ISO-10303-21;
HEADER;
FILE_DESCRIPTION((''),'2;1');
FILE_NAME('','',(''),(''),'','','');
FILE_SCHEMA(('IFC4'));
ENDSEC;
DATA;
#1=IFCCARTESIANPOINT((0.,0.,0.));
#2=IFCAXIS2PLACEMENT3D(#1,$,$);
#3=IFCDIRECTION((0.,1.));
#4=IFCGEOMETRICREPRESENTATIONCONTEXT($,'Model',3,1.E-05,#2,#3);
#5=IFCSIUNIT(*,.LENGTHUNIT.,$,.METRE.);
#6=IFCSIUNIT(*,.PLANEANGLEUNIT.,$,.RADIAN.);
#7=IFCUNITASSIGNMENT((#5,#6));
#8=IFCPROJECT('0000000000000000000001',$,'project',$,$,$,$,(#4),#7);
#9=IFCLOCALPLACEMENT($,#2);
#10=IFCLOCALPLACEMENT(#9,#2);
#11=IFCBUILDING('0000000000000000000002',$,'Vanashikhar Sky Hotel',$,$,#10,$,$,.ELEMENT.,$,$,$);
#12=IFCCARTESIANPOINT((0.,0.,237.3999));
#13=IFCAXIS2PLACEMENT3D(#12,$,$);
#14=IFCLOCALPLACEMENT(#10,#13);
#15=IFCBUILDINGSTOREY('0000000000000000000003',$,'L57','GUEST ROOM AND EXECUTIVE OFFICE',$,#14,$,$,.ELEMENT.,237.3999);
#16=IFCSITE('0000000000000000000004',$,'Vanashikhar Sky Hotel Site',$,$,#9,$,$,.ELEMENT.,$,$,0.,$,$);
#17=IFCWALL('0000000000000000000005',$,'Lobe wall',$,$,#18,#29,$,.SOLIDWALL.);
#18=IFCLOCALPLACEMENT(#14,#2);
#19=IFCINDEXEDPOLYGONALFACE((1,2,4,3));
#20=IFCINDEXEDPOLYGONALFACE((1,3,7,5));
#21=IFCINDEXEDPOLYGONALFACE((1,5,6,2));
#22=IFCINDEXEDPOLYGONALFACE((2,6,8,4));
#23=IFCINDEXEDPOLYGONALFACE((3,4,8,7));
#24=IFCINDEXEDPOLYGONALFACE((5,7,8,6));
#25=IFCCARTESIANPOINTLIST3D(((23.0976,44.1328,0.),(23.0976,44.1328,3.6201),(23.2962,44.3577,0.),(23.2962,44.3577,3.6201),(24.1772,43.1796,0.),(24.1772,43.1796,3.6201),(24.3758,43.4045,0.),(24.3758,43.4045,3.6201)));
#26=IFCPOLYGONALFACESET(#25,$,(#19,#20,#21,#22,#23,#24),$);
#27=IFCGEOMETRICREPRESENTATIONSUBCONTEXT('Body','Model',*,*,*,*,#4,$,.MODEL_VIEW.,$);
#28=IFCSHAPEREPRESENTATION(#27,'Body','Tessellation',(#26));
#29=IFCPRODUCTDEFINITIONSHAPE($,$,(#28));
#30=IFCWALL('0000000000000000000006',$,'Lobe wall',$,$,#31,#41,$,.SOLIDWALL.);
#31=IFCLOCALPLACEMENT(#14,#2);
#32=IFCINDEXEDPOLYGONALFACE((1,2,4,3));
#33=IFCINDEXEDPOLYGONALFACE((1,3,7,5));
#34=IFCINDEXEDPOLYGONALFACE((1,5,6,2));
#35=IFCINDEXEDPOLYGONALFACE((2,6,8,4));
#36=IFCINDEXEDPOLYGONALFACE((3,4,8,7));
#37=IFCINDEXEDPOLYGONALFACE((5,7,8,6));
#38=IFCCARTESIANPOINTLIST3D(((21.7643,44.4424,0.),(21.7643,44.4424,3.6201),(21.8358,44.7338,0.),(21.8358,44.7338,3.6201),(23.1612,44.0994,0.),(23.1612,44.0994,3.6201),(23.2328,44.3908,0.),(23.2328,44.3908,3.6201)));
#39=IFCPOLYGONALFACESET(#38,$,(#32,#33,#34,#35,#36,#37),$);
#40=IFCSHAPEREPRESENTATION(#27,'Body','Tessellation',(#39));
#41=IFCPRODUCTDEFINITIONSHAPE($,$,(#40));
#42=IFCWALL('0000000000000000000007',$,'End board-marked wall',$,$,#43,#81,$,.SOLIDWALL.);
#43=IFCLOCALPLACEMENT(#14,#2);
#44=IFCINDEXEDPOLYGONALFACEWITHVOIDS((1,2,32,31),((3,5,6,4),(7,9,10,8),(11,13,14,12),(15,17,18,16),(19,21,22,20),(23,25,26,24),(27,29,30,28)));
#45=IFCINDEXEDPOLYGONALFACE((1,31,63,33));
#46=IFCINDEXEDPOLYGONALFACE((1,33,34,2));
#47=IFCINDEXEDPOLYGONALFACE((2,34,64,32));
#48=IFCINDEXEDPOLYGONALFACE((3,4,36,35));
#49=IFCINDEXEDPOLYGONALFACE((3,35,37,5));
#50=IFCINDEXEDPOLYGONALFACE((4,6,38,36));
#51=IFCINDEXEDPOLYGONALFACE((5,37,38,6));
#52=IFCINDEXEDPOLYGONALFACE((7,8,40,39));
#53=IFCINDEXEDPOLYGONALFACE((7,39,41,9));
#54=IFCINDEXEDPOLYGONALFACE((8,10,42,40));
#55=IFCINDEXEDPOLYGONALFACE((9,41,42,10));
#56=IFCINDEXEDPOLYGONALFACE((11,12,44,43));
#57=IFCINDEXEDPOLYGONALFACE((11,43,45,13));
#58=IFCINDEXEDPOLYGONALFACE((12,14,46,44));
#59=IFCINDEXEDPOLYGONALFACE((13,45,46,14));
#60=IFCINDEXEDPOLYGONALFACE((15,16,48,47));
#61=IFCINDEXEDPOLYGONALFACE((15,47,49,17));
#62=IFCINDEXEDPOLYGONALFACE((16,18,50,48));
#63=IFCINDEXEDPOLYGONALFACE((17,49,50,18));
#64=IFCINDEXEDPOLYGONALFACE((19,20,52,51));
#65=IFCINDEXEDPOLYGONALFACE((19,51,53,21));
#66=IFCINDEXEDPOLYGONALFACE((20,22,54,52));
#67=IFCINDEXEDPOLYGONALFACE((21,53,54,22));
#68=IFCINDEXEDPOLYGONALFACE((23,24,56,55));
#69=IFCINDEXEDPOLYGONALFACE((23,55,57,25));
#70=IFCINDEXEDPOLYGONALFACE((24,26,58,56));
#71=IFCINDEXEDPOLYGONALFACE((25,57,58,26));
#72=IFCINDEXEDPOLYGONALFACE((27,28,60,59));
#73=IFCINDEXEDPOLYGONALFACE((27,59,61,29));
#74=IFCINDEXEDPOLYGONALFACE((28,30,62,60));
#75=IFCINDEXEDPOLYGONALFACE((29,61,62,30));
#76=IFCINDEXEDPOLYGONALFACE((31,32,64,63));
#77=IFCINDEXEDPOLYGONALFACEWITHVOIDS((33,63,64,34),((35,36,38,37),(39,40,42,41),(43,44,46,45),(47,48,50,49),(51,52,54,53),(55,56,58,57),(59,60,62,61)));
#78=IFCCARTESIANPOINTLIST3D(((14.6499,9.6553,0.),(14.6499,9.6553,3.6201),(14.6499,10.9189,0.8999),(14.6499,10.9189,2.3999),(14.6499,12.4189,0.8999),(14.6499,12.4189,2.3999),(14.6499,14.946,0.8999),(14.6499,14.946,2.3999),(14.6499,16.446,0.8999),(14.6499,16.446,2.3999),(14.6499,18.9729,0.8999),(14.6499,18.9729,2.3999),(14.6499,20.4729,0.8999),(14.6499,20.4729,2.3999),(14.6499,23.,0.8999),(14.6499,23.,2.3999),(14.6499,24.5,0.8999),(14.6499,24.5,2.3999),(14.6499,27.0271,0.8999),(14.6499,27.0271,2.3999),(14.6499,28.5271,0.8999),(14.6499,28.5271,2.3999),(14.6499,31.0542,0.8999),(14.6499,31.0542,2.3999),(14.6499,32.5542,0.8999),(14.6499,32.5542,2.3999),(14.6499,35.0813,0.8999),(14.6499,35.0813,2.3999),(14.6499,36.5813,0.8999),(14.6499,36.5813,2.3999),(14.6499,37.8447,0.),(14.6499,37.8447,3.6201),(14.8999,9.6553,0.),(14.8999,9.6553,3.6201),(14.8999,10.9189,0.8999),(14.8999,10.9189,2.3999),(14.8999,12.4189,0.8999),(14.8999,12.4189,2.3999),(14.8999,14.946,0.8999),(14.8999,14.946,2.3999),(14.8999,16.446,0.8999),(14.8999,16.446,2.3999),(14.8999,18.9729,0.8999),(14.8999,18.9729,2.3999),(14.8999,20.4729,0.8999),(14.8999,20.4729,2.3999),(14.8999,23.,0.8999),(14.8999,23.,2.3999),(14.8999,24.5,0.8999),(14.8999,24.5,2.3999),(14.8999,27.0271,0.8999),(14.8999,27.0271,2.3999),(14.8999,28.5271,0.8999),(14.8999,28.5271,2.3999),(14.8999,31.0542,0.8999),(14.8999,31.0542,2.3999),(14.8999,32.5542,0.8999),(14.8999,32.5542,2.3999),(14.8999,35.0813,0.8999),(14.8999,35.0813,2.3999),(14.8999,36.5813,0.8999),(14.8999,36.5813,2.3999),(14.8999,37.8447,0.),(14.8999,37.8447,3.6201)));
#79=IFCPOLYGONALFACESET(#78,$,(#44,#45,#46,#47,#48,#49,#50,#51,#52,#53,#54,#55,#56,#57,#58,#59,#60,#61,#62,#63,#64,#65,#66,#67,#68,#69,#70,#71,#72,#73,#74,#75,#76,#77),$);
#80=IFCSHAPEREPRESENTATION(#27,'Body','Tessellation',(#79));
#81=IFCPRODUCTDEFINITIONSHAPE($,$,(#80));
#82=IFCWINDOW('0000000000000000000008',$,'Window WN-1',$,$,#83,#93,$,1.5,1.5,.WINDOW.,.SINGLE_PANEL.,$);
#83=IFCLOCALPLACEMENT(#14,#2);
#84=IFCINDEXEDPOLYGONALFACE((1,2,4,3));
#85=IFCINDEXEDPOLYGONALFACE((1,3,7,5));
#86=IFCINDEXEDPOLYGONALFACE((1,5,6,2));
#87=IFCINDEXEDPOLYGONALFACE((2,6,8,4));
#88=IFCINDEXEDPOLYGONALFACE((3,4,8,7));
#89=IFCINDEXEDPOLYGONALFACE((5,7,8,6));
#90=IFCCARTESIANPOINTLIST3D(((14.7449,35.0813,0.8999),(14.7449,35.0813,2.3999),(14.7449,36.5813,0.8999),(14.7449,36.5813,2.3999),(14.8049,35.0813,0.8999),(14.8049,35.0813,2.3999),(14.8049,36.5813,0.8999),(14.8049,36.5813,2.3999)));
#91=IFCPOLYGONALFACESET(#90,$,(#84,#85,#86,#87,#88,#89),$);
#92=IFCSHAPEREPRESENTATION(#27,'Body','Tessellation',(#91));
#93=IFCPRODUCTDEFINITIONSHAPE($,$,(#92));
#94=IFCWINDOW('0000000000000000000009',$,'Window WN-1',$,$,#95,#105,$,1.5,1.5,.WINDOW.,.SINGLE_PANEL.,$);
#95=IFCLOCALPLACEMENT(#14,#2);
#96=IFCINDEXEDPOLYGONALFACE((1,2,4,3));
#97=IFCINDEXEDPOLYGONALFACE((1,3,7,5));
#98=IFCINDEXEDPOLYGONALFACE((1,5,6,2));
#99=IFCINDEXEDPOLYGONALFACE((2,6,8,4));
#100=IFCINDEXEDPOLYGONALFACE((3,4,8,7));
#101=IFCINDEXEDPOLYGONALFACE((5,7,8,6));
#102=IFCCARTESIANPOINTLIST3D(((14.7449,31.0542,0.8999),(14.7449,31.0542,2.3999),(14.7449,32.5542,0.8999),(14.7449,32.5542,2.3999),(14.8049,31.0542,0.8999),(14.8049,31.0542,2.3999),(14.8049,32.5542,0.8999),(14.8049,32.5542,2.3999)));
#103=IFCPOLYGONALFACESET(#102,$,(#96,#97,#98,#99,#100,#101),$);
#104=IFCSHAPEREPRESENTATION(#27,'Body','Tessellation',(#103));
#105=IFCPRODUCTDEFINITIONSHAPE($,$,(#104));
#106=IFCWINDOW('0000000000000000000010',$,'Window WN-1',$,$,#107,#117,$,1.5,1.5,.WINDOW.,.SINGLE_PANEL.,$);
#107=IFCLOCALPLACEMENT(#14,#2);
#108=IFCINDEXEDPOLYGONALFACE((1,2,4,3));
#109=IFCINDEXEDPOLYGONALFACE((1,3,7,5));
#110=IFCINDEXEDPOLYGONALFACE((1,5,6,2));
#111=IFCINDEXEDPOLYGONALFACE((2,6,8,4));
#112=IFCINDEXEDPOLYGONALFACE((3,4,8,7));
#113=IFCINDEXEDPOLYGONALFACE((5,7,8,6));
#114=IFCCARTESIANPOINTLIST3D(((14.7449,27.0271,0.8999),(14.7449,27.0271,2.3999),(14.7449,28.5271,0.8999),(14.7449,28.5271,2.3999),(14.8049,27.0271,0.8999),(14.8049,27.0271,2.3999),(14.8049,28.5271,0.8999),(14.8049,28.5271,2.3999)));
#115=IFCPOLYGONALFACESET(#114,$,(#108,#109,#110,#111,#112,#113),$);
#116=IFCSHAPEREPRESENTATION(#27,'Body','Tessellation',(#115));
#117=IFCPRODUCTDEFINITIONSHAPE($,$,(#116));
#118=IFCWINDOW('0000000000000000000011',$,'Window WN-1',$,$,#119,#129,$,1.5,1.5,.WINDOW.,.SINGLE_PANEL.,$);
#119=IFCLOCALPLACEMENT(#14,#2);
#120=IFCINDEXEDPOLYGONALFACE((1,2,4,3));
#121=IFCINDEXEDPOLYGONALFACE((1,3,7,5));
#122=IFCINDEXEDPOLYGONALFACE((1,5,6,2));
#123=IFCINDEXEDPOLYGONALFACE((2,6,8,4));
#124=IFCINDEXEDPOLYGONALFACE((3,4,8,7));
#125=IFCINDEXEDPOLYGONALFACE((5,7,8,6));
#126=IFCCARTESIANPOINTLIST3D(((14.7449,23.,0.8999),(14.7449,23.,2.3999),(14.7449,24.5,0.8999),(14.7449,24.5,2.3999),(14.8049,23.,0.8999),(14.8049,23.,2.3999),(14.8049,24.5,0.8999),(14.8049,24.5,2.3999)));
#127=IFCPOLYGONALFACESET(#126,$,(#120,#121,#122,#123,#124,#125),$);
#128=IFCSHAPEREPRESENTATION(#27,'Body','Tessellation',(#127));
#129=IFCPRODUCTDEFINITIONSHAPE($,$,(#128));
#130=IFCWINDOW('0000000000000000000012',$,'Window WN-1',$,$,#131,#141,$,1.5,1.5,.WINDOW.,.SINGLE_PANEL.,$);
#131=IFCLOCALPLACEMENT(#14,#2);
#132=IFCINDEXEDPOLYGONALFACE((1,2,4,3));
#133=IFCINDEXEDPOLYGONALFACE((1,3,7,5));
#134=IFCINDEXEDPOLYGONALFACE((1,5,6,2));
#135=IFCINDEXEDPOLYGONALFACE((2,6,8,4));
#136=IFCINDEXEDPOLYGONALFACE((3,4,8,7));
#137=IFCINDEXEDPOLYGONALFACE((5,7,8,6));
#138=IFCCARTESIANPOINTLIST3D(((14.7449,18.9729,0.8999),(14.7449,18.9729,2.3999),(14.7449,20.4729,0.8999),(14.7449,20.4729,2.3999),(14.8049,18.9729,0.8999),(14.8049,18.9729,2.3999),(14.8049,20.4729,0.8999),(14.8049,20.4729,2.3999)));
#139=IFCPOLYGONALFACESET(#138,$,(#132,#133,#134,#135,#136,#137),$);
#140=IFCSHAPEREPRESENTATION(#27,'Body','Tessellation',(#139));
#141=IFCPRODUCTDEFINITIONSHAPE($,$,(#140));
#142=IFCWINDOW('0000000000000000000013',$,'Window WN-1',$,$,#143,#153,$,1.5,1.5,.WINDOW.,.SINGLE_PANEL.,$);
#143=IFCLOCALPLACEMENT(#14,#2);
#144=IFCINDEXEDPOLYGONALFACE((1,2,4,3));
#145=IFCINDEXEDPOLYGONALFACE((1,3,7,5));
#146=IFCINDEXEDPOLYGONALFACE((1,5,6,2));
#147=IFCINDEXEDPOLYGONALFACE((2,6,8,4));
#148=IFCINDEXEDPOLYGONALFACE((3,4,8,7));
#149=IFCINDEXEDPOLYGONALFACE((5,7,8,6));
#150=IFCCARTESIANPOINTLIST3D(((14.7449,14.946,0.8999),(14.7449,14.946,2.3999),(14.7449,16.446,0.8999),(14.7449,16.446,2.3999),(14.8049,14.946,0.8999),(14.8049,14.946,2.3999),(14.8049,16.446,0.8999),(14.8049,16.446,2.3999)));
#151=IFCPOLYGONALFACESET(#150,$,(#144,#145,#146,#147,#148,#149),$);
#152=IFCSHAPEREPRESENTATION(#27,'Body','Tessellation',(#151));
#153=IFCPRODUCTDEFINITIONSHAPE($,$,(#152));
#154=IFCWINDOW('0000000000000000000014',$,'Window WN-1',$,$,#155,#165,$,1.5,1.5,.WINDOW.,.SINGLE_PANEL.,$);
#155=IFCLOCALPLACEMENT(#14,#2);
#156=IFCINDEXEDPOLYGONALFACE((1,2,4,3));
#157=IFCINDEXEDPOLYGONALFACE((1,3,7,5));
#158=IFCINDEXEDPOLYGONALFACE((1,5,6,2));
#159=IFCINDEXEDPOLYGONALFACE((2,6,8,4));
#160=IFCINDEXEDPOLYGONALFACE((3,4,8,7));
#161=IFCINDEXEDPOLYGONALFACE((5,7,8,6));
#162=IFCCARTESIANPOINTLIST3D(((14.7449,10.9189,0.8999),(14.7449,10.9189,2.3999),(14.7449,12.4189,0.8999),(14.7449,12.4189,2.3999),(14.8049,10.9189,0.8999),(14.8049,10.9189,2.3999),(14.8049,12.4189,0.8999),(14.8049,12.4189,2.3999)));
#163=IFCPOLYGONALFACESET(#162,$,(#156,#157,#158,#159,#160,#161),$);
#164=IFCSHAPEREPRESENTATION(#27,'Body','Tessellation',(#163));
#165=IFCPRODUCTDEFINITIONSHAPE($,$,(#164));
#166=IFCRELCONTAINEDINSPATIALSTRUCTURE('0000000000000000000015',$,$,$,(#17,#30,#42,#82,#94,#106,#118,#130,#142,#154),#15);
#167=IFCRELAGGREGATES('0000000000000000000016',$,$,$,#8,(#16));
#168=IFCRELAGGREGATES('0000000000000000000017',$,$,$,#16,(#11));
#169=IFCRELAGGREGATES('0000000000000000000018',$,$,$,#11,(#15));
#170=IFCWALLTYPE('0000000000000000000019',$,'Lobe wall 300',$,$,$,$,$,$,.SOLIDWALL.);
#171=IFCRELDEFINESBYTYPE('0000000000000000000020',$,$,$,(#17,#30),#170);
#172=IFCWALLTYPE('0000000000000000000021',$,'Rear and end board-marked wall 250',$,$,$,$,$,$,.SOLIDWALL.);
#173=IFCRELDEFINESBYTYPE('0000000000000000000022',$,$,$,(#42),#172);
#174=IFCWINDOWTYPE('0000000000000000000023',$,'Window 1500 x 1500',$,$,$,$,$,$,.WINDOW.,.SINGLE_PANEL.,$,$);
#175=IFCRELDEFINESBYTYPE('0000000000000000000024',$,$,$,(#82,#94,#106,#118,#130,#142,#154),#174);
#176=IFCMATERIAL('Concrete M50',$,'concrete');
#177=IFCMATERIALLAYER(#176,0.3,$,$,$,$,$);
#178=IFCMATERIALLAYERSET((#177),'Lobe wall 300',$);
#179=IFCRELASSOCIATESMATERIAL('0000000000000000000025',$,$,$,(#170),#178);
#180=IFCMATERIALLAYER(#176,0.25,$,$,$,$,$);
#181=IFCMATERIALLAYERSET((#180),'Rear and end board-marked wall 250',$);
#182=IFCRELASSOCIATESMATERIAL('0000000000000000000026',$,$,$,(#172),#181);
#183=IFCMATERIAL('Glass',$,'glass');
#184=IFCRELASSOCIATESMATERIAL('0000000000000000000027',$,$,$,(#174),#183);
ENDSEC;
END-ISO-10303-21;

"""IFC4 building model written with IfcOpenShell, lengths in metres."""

from ifc_helpers import new_model, si_unit, direction, frame, frame_2d, origin, place, context, subcontext, project, spatial, rectangle, extrude, source, transform, mapped, material, layer, layer_set, type_object, element, fill, save


model = new_model("IFC4")

# Units and contexts
model_context = context("Model", 3, precision=1e-05, world=origin(), true_north=direction((0.0, 1.0)))
body_context = subcontext(model_context, "Body", "Model", "MODEL_VIEW")
ifc_project = project(units=[si_unit("LENGTHUNIT", "METRE"), si_unit("PLANEANGLEUNIT", "RADIAN")], contexts=[model_context])

# Site, building, storey
site_placement = place(None, origin())
site = spatial("IfcSite", under=ifc_project, at=site_placement, Name="Vanashikhar Sky Hotel Site", CompositionType="ELEMENT", RefElevation=0.0)
building_placement = place(site_placement, origin())
building = spatial("IfcBuilding", under=site, at=building_placement, Name="Vanashikhar Sky Hotel", CompositionType="ELEMENT")
storey_placement = place(building_placement, frame((0.0, 0.0, 237.3999)))
storey = spatial("IfcBuildingStorey", under=building, at=storey_placement, Name="L57", Description="GUEST ROOM AND EXECUTIVE OFFICE", CompositionType="ELEMENT", Elevation=237.3999)

# Shared definitions
ifc_material_1 = material(Name="Concrete M50", Category="concrete")
ifc_layer_1 = layer(ifc_material_1, 0.3)
ifc_layer_set_1 = layer_set([ifc_layer_1], Name="Lobe wall 300")
wall_type_1 = type_object("IfcWallType", Name="Lobe wall 300", PredefinedType="SOLIDWALL", material=ifc_layer_set_1)
ifc_material_2 = material(Name="Glass", Category="glass")

# Walls
shared_shape_1 = source(origin(), body_context, "Body", "SweptSolid", [
    extrude(rectangle(XDim=1.4402, YDim=0.3, at=frame_2d((0.7202, 0.0))), origin(), (0.0, 0.0, 1.0), 3.6201),
])
wall_1_placement = place(storey_placement, frame((24.2766, 43.292, 0.0), z_axis=(0.0, 0.0, 1.0), x_axis=(-0.74965, 0.661835, 0.0)))
element("IfcWall", 1, at=wall_1_placement, inside=storey, type_object=wall_type_1, Name="Lobe wall", PredefinedType="SOLIDWALL", context=body_context, shape_type="MappedRepresentation", body=[
    mapped(shared_shape_1, transform((0.0, 0.0, 0.0), scale=1.0)),
])
shared_shape_2 = source(origin(), body_context, "Body", "SweptSolid", [
    extrude(rectangle(XDim=1.4385, YDim=0.3, at=frame_2d((0.7192, 0.0))), origin(), (0.0, 0.0, 1.0), 3.6201),
])
wall_2_placement = place(storey_placement, frame((23.197, 44.2451, 0.0), z_axis=(0.0, 0.0, 1.0), x_axis=(-0.971152, 0.23846, 0.0)))
element("IfcWall", 2, at=wall_2_placement, inside=storey, type_object=wall_type_1, Name="Lobe wall", PredefinedType="SOLIDWALL", context=body_context, shape_type="MappedRepresentation", body=[
    mapped(shared_shape_2, transform((0.0, 0.0, 0.0), scale=1.0)),
])

# Wall, openings, windows
ifc_layer_2 = layer(ifc_material_1, 0.25)
ifc_layer_set_2 = layer_set([ifc_layer_2], Name="Rear and end board-marked wall 250")
wall_type_2 = type_object("IfcWallType", Name="Rear and end board-marked wall 250", PredefinedType="SOLIDWALL", material=ifc_layer_set_2)
shared_shape_3 = source(origin(), body_context, "Body", "SweptSolid", [
    extrude(rectangle(XDim=28.1895, YDim=0.25, at=frame_2d((14.0947, 0.0))), origin(), (0.0, 0.0, 1.0), 3.6201),
])
wall_3_placement = place(storey_placement, frame((14.7749, 37.8447, 0.0), z_axis=(0.0, 0.0, 1.0), x_axis=(0.0, -1.0, 0.0)))
wall_3 = element("IfcWall", 3, at=wall_3_placement, inside=storey, type_object=wall_type_2, Name="End board-marked wall", PredefinedType="SOLIDWALL", context=body_context, shape_type="MappedRepresentation", body=[
    mapped(shared_shape_3, transform((0.0, 0.0, 0.0), scale=1.0)),
])
shared_shape_4 = source(origin(), body_context, "Body", "SweptSolid", [
    extrude(rectangle(XDim=1.5, YDim=1.5, at=frame_2d((0.75, 0.75))), frame((0.0, 0.135, 0.0), z_axis=(0.0, -1.0, 0.0), x_axis=(1.0, 0.0, 0.0)), (0.0, 0.0, 1.0), 0.27),
])
opening_1_placement = place(wall_3_placement, frame((1.2634, 0.0, 0.8999)))
opening_1 = element("IfcOpeningElement", 4, at=opening_1_placement, cuts=wall_3, PredefinedType="OPENING", context=body_context, shape_type="MappedRepresentation", body=[
    mapped(shared_shape_4, transform((0.0, 0.0, 0.0), scale=1.0)),
])
opening_2_placement = place(wall_3_placement, frame((5.2905, 0.0, 0.8999)))
opening_2 = element("IfcOpeningElement", 5, at=opening_2_placement, cuts=wall_3, PredefinedType="OPENING", context=body_context, shape_type="MappedRepresentation", body=[
    mapped(shared_shape_4, transform((0.0, 0.0, 0.0), scale=1.0)),
])
opening_3_placement = place(wall_3_placement, frame((9.3176, 0.0, 0.8999)))
opening_3 = element("IfcOpeningElement", 6, at=opening_3_placement, cuts=wall_3, PredefinedType="OPENING", context=body_context, shape_type="MappedRepresentation", body=[
    mapped(shared_shape_4, transform((0.0, 0.0, 0.0), scale=1.0)),
])
opening_4_placement = place(wall_3_placement, frame((13.3447, 0.0, 0.8999)))
opening_4 = element("IfcOpeningElement", 7, at=opening_4_placement, cuts=wall_3, PredefinedType="OPENING", context=body_context, shape_type="MappedRepresentation", body=[
    mapped(shared_shape_4, transform((0.0, 0.0, 0.0), scale=1.0)),
])
opening_5_placement = place(wall_3_placement, frame((17.3718, 0.0, 0.8999)))
opening_5 = element("IfcOpeningElement", 8, at=opening_5_placement, cuts=wall_3, PredefinedType="OPENING", context=body_context, shape_type="MappedRepresentation", body=[
    mapped(shared_shape_4, transform((0.0, 0.0, 0.0), scale=1.0)),
])
opening_6_placement = place(wall_3_placement, frame((21.3987, 0.0, 0.8999)))
opening_6 = element("IfcOpeningElement", 9, at=opening_6_placement, cuts=wall_3, PredefinedType="OPENING", context=body_context, shape_type="MappedRepresentation", body=[
    mapped(shared_shape_4, transform((0.0, 0.0, 0.0), scale=1.0)),
])
opening_7_placement = place(wall_3_placement, frame((25.4258, 0.0, 0.8999)))
opening_7 = element("IfcOpeningElement", 10, at=opening_7_placement, cuts=wall_3, PredefinedType="OPENING", context=body_context, shape_type="MappedRepresentation", body=[
    mapped(shared_shape_4, transform((0.0, 0.0, 0.0), scale=1.0)),
])
window_type_1 = type_object("IfcWindowType", Name="Window 1500 x 1500", PartitioningType="SINGLE_PANEL", PredefinedType="WINDOW", material=ifc_material_2)
shared_shape_5 = source(origin(), body_context, "Body", "SweptSolid", [
    extrude(rectangle(XDim=1.5, YDim=1.5, at=frame_2d((0.75, 0.75))), frame((0.0, 0.03, 0.0), z_axis=(0.0, -1.0, 0.0), x_axis=(1.0, 0.0, 0.0)), (0.0, 0.0, 1.0), 0.0601),
])
window_1_placement = place(opening_1_placement, origin())
window_1 = element("IfcWindow", 11, at=window_1_placement, inside=storey, type_object=window_type_1, Name="Window WN-1", OverallHeight=1.5, OverallWidth=1.5, PartitioningType="SINGLE_PANEL", PredefinedType="WINDOW", context=body_context, shape_type="MappedRepresentation", body=[
    mapped(shared_shape_5, transform((0.0, 0.0, 0.0), scale=1.0)),
])
fill(opening_1, window_1)
window_2_placement = place(opening_2_placement, origin())
window_2 = element("IfcWindow", 12, at=window_2_placement, inside=storey, type_object=window_type_1, Name="Window WN-1", OverallHeight=1.5, OverallWidth=1.5, PartitioningType="SINGLE_PANEL", PredefinedType="WINDOW", context=body_context, shape_type="MappedRepresentation", body=[
    mapped(shared_shape_5, transform((0.0, 0.0, 0.0), scale=1.0)),
])
fill(opening_2, window_2)
window_3_placement = place(opening_3_placement, origin())
window_3 = element("IfcWindow", 13, at=window_3_placement, inside=storey, type_object=window_type_1, Name="Window WN-1", OverallHeight=1.5, OverallWidth=1.5, PartitioningType="SINGLE_PANEL", PredefinedType="WINDOW", context=body_context, shape_type="MappedRepresentation", body=[
    mapped(shared_shape_5, transform((0.0, 0.0, 0.0), scale=1.0)),
])
fill(opening_3, window_3)
window_4_placement = place(opening_4_placement, origin())
window_4 = element("IfcWindow", 14, at=window_4_placement, inside=storey, type_object=window_type_1, Name="Window WN-1", OverallHeight=1.5, OverallWidth=1.5, PartitioningType="SINGLE_PANEL", PredefinedType="WINDOW", context=body_context, shape_type="MappedRepresentation", body=[
    mapped(shared_shape_5, transform((0.0, 0.0, 0.0), scale=1.0)),
])
fill(opening_4, window_4)
window_5_placement = place(opening_5_placement, origin())
window_5 = element("IfcWindow", 15, at=window_5_placement, inside=storey, type_object=window_type_1, Name="Window WN-1", OverallHeight=1.5, OverallWidth=1.5, PartitioningType="SINGLE_PANEL", PredefinedType="WINDOW", context=body_context, shape_type="MappedRepresentation", body=[
    mapped(shared_shape_5, transform((0.0, 0.0, 0.0), scale=1.0)),
])
fill(opening_5, window_5)
window_6_placement = place(opening_6_placement, origin())
window_6 = element("IfcWindow", 16, at=window_6_placement, inside=storey, type_object=window_type_1, Name="Window WN-1", OverallHeight=1.5, OverallWidth=1.5, PartitioningType="SINGLE_PANEL", PredefinedType="WINDOW", context=body_context, shape_type="MappedRepresentation", body=[
    mapped(shared_shape_5, transform((0.0, 0.0, 0.0), scale=1.0)),
])
fill(opening_6, window_6)
window_7_placement = place(opening_7_placement, origin())
window_7 = element("IfcWindow", 17, at=window_7_placement, inside=storey, type_object=window_type_1, Name="Window WN-1", OverallHeight=1.5, OverallWidth=1.5, PartitioningType="SINGLE_PANEL", PredefinedType="WINDOW", context=body_context, shape_type="MappedRepresentation", body=[
    mapped(shared_shape_5, transform((0.0, 0.0, 0.0), scale=1.0)),
])
fill(opening_7, window_7)

save(model, "model.ifc")
